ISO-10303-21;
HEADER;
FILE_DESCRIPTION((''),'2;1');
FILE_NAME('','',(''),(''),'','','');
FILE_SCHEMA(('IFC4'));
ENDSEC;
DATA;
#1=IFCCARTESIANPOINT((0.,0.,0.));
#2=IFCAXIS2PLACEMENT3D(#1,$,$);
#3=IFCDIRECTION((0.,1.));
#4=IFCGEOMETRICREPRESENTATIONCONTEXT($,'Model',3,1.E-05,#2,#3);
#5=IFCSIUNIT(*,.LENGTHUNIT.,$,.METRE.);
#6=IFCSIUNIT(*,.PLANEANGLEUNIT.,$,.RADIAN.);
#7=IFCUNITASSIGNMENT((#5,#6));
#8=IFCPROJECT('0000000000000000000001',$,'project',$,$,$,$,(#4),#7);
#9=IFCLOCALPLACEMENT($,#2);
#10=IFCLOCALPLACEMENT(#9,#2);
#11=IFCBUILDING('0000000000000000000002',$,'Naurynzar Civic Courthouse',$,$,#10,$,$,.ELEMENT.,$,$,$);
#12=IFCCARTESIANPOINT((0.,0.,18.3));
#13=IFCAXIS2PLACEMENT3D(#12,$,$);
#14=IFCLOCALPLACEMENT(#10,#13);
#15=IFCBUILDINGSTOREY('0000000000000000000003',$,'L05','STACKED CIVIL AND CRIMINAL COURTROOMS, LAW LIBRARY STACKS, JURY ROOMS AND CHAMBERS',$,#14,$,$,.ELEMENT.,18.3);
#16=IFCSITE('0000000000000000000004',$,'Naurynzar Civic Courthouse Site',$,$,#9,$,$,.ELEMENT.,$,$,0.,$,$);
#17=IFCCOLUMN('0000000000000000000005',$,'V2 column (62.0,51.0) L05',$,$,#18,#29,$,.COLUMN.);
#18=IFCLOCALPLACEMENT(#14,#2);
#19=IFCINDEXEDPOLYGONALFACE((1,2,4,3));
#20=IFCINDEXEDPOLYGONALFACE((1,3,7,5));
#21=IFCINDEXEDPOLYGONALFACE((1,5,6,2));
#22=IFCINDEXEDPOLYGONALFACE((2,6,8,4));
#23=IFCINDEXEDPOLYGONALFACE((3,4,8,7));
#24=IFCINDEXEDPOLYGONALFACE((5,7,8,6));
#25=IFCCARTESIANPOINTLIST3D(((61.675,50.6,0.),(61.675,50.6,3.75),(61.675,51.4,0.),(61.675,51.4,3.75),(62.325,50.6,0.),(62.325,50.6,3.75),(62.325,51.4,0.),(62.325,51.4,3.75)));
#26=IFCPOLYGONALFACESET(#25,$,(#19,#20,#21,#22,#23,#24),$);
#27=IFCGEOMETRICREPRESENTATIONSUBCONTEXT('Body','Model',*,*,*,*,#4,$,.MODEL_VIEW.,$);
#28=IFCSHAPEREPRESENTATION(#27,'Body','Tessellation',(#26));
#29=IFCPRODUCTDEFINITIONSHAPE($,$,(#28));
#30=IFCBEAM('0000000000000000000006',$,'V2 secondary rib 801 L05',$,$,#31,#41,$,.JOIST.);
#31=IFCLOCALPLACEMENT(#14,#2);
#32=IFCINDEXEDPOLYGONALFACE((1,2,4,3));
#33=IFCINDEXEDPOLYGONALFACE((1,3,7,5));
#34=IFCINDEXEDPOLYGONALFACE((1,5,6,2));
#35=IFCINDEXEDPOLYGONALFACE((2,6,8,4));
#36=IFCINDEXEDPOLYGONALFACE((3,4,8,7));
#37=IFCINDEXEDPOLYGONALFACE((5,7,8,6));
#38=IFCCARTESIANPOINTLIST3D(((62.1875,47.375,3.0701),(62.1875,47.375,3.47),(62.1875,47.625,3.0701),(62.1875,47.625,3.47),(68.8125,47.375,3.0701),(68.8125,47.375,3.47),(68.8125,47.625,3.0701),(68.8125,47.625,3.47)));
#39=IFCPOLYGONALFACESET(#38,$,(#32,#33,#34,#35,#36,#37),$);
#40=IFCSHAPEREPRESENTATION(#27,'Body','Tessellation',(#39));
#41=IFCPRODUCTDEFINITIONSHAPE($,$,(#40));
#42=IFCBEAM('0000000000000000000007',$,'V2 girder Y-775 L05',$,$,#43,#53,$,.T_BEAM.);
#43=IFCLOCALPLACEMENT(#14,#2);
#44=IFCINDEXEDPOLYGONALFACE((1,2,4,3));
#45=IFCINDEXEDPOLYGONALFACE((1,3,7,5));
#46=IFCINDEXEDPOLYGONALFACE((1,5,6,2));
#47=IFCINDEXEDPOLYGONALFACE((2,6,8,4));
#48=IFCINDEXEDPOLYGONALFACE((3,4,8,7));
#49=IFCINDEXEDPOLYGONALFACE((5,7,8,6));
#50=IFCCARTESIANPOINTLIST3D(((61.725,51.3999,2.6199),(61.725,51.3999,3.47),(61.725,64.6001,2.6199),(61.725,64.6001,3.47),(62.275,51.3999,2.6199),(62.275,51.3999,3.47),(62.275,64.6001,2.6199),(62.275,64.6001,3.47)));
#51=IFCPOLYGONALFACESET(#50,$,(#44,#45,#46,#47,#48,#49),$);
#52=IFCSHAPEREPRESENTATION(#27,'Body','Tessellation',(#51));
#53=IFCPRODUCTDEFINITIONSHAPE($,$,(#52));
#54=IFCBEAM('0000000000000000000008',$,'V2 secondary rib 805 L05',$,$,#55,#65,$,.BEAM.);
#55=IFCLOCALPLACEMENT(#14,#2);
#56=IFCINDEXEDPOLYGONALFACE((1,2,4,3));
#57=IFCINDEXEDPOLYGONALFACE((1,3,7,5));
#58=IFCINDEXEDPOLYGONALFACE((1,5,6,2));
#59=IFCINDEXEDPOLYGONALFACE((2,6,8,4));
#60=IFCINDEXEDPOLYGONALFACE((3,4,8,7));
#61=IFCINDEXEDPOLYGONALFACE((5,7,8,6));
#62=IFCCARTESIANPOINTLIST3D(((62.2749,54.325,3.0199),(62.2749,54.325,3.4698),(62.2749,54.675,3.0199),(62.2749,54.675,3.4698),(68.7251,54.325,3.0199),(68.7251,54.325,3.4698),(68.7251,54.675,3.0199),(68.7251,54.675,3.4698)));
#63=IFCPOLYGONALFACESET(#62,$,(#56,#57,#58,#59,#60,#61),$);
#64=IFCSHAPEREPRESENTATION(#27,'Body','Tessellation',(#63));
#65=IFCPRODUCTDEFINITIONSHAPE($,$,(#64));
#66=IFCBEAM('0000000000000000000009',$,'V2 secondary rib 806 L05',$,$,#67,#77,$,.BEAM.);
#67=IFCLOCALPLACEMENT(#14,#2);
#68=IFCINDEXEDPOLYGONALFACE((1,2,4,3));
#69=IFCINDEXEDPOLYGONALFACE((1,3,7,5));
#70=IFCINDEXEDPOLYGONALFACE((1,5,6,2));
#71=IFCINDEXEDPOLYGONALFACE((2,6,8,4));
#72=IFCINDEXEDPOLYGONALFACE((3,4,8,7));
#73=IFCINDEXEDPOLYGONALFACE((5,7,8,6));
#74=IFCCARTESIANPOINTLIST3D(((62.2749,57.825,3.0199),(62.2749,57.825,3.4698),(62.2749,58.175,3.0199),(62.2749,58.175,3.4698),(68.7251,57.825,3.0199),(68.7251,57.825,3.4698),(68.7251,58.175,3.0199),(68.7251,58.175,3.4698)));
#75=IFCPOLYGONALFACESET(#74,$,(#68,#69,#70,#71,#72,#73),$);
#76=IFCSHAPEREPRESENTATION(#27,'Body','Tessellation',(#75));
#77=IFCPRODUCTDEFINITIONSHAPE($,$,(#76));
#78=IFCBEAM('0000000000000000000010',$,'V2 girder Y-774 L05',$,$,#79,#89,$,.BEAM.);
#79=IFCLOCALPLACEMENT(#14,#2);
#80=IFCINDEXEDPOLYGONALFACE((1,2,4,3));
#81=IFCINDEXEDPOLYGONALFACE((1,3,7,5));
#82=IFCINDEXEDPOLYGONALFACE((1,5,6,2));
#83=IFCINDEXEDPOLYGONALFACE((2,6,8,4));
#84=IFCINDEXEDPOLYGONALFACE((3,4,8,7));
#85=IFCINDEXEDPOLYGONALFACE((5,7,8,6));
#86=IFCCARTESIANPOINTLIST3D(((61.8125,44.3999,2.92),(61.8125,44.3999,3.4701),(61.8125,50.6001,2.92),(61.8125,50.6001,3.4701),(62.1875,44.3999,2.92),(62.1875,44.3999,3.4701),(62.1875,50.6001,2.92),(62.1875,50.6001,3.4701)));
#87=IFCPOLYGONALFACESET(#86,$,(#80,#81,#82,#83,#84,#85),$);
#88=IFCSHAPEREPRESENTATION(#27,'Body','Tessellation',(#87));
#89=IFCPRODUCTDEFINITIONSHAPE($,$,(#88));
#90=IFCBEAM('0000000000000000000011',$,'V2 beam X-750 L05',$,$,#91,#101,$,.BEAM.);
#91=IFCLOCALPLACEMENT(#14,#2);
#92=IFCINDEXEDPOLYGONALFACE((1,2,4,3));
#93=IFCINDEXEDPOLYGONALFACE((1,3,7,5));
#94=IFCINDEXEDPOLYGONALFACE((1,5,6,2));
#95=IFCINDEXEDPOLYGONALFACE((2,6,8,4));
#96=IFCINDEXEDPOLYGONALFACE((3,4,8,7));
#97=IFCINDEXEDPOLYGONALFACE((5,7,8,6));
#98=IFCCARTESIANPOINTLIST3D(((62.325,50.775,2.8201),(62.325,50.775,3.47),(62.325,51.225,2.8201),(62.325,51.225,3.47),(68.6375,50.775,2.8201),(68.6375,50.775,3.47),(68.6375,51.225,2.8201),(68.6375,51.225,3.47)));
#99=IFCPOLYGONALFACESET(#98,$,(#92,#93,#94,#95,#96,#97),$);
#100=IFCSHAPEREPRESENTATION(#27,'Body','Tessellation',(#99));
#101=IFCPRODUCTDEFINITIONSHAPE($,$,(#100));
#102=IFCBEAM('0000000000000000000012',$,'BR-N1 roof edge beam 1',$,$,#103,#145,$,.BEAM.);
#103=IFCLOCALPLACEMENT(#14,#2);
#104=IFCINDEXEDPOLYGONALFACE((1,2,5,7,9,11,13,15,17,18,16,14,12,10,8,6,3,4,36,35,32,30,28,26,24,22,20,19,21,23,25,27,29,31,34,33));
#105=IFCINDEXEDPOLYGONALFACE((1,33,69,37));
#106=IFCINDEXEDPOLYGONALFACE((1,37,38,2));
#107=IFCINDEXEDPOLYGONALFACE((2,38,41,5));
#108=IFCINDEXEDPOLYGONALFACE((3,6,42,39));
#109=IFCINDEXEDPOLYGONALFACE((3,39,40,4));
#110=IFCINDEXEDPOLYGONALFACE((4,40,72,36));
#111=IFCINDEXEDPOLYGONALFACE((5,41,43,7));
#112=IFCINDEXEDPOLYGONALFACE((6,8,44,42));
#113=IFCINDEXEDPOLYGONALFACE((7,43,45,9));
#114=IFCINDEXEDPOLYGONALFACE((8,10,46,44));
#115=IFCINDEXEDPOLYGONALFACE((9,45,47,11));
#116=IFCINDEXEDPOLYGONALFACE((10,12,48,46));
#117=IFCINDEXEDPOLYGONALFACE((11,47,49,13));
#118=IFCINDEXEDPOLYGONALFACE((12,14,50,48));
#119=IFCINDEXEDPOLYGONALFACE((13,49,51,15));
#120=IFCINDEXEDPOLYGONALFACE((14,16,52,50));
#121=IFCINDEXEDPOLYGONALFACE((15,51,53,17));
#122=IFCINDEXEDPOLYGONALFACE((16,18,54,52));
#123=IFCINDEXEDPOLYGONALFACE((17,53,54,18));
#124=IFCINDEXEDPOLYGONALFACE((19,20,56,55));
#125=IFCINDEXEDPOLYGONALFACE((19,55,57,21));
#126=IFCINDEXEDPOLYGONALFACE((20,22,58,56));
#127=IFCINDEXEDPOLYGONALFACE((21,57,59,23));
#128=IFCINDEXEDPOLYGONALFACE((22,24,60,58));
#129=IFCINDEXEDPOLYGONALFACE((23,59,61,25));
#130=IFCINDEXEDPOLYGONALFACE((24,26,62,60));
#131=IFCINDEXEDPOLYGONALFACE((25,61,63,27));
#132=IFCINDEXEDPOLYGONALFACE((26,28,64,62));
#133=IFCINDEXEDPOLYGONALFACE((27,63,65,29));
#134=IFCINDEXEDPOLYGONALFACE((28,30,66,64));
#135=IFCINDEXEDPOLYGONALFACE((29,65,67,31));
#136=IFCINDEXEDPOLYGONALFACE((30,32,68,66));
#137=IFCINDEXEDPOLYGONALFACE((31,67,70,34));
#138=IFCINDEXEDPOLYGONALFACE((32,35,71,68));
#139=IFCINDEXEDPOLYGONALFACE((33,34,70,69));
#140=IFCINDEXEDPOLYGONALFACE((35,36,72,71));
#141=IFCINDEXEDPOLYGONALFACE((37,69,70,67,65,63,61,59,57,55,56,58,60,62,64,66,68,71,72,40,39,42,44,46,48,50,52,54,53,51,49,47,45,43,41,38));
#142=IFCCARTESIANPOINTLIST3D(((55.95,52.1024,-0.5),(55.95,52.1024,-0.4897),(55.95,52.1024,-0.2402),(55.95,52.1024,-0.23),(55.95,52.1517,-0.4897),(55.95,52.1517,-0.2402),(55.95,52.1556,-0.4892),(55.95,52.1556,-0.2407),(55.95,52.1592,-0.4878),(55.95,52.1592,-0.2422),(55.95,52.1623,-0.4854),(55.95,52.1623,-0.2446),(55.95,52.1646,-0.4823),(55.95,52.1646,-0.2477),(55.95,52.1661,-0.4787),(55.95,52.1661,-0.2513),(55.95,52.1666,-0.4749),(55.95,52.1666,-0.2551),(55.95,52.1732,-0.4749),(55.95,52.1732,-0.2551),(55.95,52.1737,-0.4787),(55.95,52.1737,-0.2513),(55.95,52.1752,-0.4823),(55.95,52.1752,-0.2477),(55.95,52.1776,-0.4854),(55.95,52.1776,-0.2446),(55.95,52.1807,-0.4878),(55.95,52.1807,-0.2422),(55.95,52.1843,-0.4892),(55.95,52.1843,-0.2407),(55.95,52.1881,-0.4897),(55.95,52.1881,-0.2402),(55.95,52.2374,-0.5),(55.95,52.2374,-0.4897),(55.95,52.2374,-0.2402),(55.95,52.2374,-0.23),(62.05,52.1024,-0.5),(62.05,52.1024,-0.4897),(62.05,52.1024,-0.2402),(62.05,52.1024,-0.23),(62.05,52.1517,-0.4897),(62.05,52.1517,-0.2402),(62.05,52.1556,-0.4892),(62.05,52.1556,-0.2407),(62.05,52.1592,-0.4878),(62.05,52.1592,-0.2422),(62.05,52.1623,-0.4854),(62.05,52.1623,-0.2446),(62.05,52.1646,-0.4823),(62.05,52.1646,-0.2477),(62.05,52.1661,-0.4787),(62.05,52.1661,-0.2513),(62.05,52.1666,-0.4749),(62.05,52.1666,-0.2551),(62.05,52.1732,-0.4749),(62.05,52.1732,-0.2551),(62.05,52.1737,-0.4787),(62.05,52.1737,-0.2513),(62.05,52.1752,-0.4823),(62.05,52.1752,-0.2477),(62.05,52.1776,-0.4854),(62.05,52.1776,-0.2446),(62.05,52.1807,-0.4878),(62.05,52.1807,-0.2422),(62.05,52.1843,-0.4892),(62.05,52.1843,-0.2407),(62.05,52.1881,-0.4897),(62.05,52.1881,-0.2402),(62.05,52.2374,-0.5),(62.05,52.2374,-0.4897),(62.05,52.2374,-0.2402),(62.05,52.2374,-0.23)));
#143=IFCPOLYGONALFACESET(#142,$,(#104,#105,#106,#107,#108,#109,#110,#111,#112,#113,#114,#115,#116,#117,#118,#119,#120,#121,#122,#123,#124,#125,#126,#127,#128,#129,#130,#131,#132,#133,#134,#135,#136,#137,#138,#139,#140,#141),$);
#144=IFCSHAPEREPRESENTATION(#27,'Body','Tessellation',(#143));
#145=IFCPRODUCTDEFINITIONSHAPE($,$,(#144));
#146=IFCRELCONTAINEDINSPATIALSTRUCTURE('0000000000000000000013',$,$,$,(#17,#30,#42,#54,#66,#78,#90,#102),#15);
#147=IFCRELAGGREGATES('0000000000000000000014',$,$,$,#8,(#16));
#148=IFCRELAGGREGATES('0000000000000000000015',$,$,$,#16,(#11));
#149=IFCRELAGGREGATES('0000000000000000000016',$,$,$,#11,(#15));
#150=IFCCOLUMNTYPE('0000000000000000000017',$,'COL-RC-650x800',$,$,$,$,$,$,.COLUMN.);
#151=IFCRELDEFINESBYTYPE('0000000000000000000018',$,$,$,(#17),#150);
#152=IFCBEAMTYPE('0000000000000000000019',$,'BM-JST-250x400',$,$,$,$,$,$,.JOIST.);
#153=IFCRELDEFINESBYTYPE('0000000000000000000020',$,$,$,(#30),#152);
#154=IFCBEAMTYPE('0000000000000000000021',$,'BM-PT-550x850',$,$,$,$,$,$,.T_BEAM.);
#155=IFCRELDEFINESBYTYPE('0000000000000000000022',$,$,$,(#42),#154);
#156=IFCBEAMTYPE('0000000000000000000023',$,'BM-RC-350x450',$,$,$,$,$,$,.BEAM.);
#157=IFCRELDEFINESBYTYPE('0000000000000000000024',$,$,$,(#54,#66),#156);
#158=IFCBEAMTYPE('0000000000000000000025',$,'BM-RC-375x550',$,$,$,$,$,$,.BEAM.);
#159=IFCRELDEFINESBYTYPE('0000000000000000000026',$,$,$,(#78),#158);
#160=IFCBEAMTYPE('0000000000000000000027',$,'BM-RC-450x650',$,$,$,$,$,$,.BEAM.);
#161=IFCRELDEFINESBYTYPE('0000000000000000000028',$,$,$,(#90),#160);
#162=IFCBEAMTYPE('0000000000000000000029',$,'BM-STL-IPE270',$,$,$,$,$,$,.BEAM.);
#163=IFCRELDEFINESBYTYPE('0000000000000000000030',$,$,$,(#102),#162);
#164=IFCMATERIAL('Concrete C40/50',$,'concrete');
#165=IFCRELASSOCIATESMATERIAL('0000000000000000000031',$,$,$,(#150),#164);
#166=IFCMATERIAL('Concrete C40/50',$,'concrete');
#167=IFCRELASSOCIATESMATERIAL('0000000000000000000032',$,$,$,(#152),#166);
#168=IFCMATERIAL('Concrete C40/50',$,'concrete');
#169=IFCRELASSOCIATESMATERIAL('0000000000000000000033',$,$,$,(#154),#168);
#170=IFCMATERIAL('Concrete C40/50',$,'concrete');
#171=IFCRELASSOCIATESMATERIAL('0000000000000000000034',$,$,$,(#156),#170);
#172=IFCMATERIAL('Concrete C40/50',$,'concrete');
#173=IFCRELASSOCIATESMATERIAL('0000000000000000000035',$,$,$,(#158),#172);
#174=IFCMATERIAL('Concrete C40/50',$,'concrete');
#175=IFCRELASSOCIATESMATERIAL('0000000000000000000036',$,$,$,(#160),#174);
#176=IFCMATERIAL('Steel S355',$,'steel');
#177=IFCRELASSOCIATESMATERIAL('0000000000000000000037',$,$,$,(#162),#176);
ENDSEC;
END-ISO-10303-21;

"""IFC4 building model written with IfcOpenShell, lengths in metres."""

from ifc_helpers import new_model, si_unit, direction, frame, origin, origin_2d, place, context, subcontext, project, spatial, rectangle, i_section, extrude, material, material_profile, profile_set, type_object, element, save


model = new_model("IFC4")

# Units and contexts
model_context = context("Model", 3, precision=1e-05, world=origin(), true_north=direction((0.0, 1.0)))
body_context = subcontext(model_context, "Body", "Model", "MODEL_VIEW")
ifc_project = project(units=[si_unit("LENGTHUNIT", "METRE"), si_unit("PLANEANGLEUNIT", "RADIAN")], contexts=[model_context])

# Site, building, storey
site_placement = place(None, origin())
site = spatial("IfcSite", under=ifc_project, at=site_placement, Name="Naurynzar Civic Courthouse Site", CompositionType="ELEMENT", RefElevation=0.0)
building_placement = place(site_placement, origin())
building = spatial("IfcBuilding", under=site, at=building_placement, Name="Naurynzar Civic Courthouse", CompositionType="ELEMENT")
storey_placement = place(building_placement, frame((0.0, 0.0, 18.3)))
storey = spatial("IfcBuildingStorey", under=building, at=storey_placement, Name="L05", Description="STACKED CIVIL AND CRIMINAL COURTROOMS, LAW LIBRARY STACKS, JURY ROOMS AND CHAMBERS", CompositionType="ELEMENT", Elevation=18.3)

# Column
ifc_material_1 = material(Name="Concrete C40/50", Category="concrete")
ifc_material_profile_1 = material_profile(ifc_material_1, rectangle(XDim=0.6499, YDim=0.8, at=origin_2d()), Name="RC 650x800")
ifc_profile_set_1 = profile_set([ifc_material_profile_1], Name="Concrete C40/50")
column_type = type_object("IfcColumnType", Name="COL-RC-650x800", PredefinedType="COLUMN", material=ifc_profile_set_1)
column_placement = place(storey_placement, frame((62.0, 51.0, 0.0), z_axis=(0.0, 0.0, 1.0), x_axis=(1.0, 0.0, 0.0)))
element("IfcColumn", 1, at=column_placement, inside=storey, type_object=column_type, Name="V2 column (62.0,51.0) L05", PredefinedType="COLUMN", context=body_context, shape_type="SweptSolid", body=[
    extrude(rectangle(XDim=0.6499, YDim=0.8, at=origin_2d()), origin(), (0.0, 0.0, 1.0), 3.75),
])

# Beams
ifc_material_2 = material(Name="Concrete C40/50", Category="concrete")
ifc_material_profile_2 = material_profile(ifc_material_2, rectangle(XDim=0.25, YDim=0.3999, at=origin_2d()), Name="RCB 250x400")
ifc_profile_set_2 = profile_set([ifc_material_profile_2], Name="Concrete C40/50")
beam_type_1 = type_object("IfcBeamType", Name="BM-JST-250x400", PredefinedType="JOIST", material=ifc_profile_set_2)
beam_1_placement = place(storey_placement, frame((62.1875, 47.5, 3.27), z_axis=(1.0, 0.0, 0.0), x_axis=(0.0, 1.0, 0.0)))
element("IfcBeam", 2, at=beam_1_placement, inside=storey, type_object=beam_type_1, Name="V2 secondary rib 801 L05", PredefinedType="JOIST", context=body_context, shape_type="SweptSolid", body=[
    extrude(rectangle(XDim=0.25, YDim=0.3999, at=origin_2d()), origin(), (0.0, 0.0, 1.0), 6.625),
])
ifc_material_3 = material(Name="Concrete C40/50", Category="concrete")
ifc_material_profile_3 = material_profile(ifc_material_3, rectangle(XDim=0.55, YDim=0.8501, at=origin_2d()), Name="PTB 550x850")
ifc_profile_set_3 = profile_set([ifc_material_profile_3], Name="Concrete C40/50")
beam_type_2 = type_object("IfcBeamType", Name="BM-PT-550x850", PredefinedType="T_BEAM", material=ifc_profile_set_3)
beam_2_placement = place(storey_placement, frame((62.0, 51.3999, 3.0449), z_axis=(0.0, 1.0, 0.0), x_axis=(-1.0, 0.0, 0.0)))
element("IfcBeam", 3, at=beam_2_placement, inside=storey, type_object=beam_type_2, Name="V2 girder Y-775 L05", PredefinedType="T_BEAM", context=body_context, shape_type="SweptSolid", body=[
    extrude(rectangle(XDim=0.55, YDim=0.8501, at=origin_2d()), origin(), (0.0, 0.0, 1.0), 13.2002),
])
ifc_material_4 = material(Name="Concrete C40/50", Category="concrete")
ifc_material_profile_4 = material_profile(ifc_material_4, rectangle(XDim=0.3501, YDim=0.45, at=origin_2d()), Name="RCB 350x450")
ifc_profile_set_4 = profile_set([ifc_material_profile_4], Name="Concrete C40/50")
beam_type_3 = type_object("IfcBeamType", Name="BM-RC-350x450", PredefinedType="BEAM", material=ifc_profile_set_4)
for number, where, z_axis, x_axis, name in (
    (4, (62.2749, 54.5, 3.2449), (1.0, 0.0, 0.0), (0.0, 1.0, 0.0), "V2 secondary rib 805 L05"),
    (5, (62.2749, 58.0, 3.2449), (1.0, 0.0, 0.0), (0.0, 1.0, 0.0), "V2 secondary rib 806 L05"),
):
    element("IfcBeam", number, at=place(storey_placement, frame(where, z_axis=z_axis, x_axis=x_axis)), inside=storey, type_object=beam_type_3, Name=name, PredefinedType="BEAM", context=body_context, shape_type="SweptSolid", body=[
        extrude(rectangle(XDim=0.3501, YDim=0.45, at=origin_2d()), origin(), (0.0, 0.0, 1.0), 6.4502),
    ])
ifc_material_5 = material(Name="Concrete C40/50", Category="concrete")
ifc_material_profile_5 = material_profile(ifc_material_5, rectangle(XDim=0.375, YDim=0.55, at=origin_2d()), Name="RCB 375x550")
ifc_profile_set_5 = profile_set([ifc_material_profile_5], Name="Concrete C40/50")
beam_type_4 = type_object("IfcBeamType", Name="BM-RC-375x550", PredefinedType="BEAM", material=ifc_profile_set_5)
beam_3_placement = place(storey_placement, frame((62.0, 44.3999, 3.1951), z_axis=(0.0, 1.0, 0.0), x_axis=(-1.0, 0.0, 0.0)))
element("IfcBeam", 6, at=beam_3_placement, inside=storey, type_object=beam_type_4, Name="V2 girder Y-774 L05", PredefinedType="BEAM", context=body_context, shape_type="SweptSolid", body=[
    extrude(rectangle(XDim=0.375, YDim=0.55, at=origin_2d()), origin(), (0.0, 0.0, 1.0), 6.2002),
])
ifc_material_6 = material(Name="Concrete C40/50", Category="concrete")
ifc_material_profile_6 = material_profile(ifc_material_6, rectangle(XDim=0.45, YDim=0.6499, at=origin_2d()), Name="RCB 450x650")
ifc_profile_set_6 = profile_set([ifc_material_profile_6], Name="Concrete C40/50")
beam_type_5 = type_object("IfcBeamType", Name="BM-RC-450x650", PredefinedType="BEAM", material=ifc_profile_set_6)
beam_4_placement = place(storey_placement, frame((62.325, 51.0, 3.145), z_axis=(1.0, 0.0, 0.0), x_axis=(0.0, 1.0, 0.0)))
element("IfcBeam", 7, at=beam_4_placement, inside=storey, type_object=beam_type_5, Name="V2 beam X-750 L05", PredefinedType="BEAM", context=body_context, shape_type="SweptSolid", body=[
    extrude(rectangle(XDim=0.45, YDim=0.6499, at=origin_2d()), origin(), (0.0, 0.0, 1.0), 6.3125),
])
ifc_material_7 = material(Name="Steel S355", Category="steel")
ifc_material_profile_7 = material_profile(ifc_material_7, i_section(OverallWidth=0.135, OverallDepth=0.27, WebThickness=0.0066, FlangeThickness=0.0103, FilletRadius=0.0149, at=origin_2d()), Name="IPE 270")
ifc_profile_set_7 = profile_set([ifc_material_profile_7], Name="Steel S355")
beam_type_6 = type_object("IfcBeamType", Name="BM-STL-IPE270", PredefinedType="BEAM", material=ifc_profile_set_7)
for number, where, z_axis, x_axis, name in (
    (8, (55.95, 52.1699, -0.365), (1.0, 0.0, 0.0), (0.0, 1.0, 0.0), "BR-N1 roof edge beam 1"),
):
    element("IfcBeam", number, at=place(storey_placement, frame(where, z_axis=z_axis, x_axis=x_axis)), inside=storey, type_object=beam_type_6, Name=name, PredefinedType="BEAM", context=body_context, shape_type="SweptSolid", body=[
        extrude(i_section(OverallWidth=0.135, OverallDepth=0.27, WebThickness=0.0066, FlangeThickness=0.0103, FilletRadius=0.0149, at=origin_2d()), origin(), (0.0, 0.0, 1.0), 6.1001),
    ])

save(model, "model.ifc")
